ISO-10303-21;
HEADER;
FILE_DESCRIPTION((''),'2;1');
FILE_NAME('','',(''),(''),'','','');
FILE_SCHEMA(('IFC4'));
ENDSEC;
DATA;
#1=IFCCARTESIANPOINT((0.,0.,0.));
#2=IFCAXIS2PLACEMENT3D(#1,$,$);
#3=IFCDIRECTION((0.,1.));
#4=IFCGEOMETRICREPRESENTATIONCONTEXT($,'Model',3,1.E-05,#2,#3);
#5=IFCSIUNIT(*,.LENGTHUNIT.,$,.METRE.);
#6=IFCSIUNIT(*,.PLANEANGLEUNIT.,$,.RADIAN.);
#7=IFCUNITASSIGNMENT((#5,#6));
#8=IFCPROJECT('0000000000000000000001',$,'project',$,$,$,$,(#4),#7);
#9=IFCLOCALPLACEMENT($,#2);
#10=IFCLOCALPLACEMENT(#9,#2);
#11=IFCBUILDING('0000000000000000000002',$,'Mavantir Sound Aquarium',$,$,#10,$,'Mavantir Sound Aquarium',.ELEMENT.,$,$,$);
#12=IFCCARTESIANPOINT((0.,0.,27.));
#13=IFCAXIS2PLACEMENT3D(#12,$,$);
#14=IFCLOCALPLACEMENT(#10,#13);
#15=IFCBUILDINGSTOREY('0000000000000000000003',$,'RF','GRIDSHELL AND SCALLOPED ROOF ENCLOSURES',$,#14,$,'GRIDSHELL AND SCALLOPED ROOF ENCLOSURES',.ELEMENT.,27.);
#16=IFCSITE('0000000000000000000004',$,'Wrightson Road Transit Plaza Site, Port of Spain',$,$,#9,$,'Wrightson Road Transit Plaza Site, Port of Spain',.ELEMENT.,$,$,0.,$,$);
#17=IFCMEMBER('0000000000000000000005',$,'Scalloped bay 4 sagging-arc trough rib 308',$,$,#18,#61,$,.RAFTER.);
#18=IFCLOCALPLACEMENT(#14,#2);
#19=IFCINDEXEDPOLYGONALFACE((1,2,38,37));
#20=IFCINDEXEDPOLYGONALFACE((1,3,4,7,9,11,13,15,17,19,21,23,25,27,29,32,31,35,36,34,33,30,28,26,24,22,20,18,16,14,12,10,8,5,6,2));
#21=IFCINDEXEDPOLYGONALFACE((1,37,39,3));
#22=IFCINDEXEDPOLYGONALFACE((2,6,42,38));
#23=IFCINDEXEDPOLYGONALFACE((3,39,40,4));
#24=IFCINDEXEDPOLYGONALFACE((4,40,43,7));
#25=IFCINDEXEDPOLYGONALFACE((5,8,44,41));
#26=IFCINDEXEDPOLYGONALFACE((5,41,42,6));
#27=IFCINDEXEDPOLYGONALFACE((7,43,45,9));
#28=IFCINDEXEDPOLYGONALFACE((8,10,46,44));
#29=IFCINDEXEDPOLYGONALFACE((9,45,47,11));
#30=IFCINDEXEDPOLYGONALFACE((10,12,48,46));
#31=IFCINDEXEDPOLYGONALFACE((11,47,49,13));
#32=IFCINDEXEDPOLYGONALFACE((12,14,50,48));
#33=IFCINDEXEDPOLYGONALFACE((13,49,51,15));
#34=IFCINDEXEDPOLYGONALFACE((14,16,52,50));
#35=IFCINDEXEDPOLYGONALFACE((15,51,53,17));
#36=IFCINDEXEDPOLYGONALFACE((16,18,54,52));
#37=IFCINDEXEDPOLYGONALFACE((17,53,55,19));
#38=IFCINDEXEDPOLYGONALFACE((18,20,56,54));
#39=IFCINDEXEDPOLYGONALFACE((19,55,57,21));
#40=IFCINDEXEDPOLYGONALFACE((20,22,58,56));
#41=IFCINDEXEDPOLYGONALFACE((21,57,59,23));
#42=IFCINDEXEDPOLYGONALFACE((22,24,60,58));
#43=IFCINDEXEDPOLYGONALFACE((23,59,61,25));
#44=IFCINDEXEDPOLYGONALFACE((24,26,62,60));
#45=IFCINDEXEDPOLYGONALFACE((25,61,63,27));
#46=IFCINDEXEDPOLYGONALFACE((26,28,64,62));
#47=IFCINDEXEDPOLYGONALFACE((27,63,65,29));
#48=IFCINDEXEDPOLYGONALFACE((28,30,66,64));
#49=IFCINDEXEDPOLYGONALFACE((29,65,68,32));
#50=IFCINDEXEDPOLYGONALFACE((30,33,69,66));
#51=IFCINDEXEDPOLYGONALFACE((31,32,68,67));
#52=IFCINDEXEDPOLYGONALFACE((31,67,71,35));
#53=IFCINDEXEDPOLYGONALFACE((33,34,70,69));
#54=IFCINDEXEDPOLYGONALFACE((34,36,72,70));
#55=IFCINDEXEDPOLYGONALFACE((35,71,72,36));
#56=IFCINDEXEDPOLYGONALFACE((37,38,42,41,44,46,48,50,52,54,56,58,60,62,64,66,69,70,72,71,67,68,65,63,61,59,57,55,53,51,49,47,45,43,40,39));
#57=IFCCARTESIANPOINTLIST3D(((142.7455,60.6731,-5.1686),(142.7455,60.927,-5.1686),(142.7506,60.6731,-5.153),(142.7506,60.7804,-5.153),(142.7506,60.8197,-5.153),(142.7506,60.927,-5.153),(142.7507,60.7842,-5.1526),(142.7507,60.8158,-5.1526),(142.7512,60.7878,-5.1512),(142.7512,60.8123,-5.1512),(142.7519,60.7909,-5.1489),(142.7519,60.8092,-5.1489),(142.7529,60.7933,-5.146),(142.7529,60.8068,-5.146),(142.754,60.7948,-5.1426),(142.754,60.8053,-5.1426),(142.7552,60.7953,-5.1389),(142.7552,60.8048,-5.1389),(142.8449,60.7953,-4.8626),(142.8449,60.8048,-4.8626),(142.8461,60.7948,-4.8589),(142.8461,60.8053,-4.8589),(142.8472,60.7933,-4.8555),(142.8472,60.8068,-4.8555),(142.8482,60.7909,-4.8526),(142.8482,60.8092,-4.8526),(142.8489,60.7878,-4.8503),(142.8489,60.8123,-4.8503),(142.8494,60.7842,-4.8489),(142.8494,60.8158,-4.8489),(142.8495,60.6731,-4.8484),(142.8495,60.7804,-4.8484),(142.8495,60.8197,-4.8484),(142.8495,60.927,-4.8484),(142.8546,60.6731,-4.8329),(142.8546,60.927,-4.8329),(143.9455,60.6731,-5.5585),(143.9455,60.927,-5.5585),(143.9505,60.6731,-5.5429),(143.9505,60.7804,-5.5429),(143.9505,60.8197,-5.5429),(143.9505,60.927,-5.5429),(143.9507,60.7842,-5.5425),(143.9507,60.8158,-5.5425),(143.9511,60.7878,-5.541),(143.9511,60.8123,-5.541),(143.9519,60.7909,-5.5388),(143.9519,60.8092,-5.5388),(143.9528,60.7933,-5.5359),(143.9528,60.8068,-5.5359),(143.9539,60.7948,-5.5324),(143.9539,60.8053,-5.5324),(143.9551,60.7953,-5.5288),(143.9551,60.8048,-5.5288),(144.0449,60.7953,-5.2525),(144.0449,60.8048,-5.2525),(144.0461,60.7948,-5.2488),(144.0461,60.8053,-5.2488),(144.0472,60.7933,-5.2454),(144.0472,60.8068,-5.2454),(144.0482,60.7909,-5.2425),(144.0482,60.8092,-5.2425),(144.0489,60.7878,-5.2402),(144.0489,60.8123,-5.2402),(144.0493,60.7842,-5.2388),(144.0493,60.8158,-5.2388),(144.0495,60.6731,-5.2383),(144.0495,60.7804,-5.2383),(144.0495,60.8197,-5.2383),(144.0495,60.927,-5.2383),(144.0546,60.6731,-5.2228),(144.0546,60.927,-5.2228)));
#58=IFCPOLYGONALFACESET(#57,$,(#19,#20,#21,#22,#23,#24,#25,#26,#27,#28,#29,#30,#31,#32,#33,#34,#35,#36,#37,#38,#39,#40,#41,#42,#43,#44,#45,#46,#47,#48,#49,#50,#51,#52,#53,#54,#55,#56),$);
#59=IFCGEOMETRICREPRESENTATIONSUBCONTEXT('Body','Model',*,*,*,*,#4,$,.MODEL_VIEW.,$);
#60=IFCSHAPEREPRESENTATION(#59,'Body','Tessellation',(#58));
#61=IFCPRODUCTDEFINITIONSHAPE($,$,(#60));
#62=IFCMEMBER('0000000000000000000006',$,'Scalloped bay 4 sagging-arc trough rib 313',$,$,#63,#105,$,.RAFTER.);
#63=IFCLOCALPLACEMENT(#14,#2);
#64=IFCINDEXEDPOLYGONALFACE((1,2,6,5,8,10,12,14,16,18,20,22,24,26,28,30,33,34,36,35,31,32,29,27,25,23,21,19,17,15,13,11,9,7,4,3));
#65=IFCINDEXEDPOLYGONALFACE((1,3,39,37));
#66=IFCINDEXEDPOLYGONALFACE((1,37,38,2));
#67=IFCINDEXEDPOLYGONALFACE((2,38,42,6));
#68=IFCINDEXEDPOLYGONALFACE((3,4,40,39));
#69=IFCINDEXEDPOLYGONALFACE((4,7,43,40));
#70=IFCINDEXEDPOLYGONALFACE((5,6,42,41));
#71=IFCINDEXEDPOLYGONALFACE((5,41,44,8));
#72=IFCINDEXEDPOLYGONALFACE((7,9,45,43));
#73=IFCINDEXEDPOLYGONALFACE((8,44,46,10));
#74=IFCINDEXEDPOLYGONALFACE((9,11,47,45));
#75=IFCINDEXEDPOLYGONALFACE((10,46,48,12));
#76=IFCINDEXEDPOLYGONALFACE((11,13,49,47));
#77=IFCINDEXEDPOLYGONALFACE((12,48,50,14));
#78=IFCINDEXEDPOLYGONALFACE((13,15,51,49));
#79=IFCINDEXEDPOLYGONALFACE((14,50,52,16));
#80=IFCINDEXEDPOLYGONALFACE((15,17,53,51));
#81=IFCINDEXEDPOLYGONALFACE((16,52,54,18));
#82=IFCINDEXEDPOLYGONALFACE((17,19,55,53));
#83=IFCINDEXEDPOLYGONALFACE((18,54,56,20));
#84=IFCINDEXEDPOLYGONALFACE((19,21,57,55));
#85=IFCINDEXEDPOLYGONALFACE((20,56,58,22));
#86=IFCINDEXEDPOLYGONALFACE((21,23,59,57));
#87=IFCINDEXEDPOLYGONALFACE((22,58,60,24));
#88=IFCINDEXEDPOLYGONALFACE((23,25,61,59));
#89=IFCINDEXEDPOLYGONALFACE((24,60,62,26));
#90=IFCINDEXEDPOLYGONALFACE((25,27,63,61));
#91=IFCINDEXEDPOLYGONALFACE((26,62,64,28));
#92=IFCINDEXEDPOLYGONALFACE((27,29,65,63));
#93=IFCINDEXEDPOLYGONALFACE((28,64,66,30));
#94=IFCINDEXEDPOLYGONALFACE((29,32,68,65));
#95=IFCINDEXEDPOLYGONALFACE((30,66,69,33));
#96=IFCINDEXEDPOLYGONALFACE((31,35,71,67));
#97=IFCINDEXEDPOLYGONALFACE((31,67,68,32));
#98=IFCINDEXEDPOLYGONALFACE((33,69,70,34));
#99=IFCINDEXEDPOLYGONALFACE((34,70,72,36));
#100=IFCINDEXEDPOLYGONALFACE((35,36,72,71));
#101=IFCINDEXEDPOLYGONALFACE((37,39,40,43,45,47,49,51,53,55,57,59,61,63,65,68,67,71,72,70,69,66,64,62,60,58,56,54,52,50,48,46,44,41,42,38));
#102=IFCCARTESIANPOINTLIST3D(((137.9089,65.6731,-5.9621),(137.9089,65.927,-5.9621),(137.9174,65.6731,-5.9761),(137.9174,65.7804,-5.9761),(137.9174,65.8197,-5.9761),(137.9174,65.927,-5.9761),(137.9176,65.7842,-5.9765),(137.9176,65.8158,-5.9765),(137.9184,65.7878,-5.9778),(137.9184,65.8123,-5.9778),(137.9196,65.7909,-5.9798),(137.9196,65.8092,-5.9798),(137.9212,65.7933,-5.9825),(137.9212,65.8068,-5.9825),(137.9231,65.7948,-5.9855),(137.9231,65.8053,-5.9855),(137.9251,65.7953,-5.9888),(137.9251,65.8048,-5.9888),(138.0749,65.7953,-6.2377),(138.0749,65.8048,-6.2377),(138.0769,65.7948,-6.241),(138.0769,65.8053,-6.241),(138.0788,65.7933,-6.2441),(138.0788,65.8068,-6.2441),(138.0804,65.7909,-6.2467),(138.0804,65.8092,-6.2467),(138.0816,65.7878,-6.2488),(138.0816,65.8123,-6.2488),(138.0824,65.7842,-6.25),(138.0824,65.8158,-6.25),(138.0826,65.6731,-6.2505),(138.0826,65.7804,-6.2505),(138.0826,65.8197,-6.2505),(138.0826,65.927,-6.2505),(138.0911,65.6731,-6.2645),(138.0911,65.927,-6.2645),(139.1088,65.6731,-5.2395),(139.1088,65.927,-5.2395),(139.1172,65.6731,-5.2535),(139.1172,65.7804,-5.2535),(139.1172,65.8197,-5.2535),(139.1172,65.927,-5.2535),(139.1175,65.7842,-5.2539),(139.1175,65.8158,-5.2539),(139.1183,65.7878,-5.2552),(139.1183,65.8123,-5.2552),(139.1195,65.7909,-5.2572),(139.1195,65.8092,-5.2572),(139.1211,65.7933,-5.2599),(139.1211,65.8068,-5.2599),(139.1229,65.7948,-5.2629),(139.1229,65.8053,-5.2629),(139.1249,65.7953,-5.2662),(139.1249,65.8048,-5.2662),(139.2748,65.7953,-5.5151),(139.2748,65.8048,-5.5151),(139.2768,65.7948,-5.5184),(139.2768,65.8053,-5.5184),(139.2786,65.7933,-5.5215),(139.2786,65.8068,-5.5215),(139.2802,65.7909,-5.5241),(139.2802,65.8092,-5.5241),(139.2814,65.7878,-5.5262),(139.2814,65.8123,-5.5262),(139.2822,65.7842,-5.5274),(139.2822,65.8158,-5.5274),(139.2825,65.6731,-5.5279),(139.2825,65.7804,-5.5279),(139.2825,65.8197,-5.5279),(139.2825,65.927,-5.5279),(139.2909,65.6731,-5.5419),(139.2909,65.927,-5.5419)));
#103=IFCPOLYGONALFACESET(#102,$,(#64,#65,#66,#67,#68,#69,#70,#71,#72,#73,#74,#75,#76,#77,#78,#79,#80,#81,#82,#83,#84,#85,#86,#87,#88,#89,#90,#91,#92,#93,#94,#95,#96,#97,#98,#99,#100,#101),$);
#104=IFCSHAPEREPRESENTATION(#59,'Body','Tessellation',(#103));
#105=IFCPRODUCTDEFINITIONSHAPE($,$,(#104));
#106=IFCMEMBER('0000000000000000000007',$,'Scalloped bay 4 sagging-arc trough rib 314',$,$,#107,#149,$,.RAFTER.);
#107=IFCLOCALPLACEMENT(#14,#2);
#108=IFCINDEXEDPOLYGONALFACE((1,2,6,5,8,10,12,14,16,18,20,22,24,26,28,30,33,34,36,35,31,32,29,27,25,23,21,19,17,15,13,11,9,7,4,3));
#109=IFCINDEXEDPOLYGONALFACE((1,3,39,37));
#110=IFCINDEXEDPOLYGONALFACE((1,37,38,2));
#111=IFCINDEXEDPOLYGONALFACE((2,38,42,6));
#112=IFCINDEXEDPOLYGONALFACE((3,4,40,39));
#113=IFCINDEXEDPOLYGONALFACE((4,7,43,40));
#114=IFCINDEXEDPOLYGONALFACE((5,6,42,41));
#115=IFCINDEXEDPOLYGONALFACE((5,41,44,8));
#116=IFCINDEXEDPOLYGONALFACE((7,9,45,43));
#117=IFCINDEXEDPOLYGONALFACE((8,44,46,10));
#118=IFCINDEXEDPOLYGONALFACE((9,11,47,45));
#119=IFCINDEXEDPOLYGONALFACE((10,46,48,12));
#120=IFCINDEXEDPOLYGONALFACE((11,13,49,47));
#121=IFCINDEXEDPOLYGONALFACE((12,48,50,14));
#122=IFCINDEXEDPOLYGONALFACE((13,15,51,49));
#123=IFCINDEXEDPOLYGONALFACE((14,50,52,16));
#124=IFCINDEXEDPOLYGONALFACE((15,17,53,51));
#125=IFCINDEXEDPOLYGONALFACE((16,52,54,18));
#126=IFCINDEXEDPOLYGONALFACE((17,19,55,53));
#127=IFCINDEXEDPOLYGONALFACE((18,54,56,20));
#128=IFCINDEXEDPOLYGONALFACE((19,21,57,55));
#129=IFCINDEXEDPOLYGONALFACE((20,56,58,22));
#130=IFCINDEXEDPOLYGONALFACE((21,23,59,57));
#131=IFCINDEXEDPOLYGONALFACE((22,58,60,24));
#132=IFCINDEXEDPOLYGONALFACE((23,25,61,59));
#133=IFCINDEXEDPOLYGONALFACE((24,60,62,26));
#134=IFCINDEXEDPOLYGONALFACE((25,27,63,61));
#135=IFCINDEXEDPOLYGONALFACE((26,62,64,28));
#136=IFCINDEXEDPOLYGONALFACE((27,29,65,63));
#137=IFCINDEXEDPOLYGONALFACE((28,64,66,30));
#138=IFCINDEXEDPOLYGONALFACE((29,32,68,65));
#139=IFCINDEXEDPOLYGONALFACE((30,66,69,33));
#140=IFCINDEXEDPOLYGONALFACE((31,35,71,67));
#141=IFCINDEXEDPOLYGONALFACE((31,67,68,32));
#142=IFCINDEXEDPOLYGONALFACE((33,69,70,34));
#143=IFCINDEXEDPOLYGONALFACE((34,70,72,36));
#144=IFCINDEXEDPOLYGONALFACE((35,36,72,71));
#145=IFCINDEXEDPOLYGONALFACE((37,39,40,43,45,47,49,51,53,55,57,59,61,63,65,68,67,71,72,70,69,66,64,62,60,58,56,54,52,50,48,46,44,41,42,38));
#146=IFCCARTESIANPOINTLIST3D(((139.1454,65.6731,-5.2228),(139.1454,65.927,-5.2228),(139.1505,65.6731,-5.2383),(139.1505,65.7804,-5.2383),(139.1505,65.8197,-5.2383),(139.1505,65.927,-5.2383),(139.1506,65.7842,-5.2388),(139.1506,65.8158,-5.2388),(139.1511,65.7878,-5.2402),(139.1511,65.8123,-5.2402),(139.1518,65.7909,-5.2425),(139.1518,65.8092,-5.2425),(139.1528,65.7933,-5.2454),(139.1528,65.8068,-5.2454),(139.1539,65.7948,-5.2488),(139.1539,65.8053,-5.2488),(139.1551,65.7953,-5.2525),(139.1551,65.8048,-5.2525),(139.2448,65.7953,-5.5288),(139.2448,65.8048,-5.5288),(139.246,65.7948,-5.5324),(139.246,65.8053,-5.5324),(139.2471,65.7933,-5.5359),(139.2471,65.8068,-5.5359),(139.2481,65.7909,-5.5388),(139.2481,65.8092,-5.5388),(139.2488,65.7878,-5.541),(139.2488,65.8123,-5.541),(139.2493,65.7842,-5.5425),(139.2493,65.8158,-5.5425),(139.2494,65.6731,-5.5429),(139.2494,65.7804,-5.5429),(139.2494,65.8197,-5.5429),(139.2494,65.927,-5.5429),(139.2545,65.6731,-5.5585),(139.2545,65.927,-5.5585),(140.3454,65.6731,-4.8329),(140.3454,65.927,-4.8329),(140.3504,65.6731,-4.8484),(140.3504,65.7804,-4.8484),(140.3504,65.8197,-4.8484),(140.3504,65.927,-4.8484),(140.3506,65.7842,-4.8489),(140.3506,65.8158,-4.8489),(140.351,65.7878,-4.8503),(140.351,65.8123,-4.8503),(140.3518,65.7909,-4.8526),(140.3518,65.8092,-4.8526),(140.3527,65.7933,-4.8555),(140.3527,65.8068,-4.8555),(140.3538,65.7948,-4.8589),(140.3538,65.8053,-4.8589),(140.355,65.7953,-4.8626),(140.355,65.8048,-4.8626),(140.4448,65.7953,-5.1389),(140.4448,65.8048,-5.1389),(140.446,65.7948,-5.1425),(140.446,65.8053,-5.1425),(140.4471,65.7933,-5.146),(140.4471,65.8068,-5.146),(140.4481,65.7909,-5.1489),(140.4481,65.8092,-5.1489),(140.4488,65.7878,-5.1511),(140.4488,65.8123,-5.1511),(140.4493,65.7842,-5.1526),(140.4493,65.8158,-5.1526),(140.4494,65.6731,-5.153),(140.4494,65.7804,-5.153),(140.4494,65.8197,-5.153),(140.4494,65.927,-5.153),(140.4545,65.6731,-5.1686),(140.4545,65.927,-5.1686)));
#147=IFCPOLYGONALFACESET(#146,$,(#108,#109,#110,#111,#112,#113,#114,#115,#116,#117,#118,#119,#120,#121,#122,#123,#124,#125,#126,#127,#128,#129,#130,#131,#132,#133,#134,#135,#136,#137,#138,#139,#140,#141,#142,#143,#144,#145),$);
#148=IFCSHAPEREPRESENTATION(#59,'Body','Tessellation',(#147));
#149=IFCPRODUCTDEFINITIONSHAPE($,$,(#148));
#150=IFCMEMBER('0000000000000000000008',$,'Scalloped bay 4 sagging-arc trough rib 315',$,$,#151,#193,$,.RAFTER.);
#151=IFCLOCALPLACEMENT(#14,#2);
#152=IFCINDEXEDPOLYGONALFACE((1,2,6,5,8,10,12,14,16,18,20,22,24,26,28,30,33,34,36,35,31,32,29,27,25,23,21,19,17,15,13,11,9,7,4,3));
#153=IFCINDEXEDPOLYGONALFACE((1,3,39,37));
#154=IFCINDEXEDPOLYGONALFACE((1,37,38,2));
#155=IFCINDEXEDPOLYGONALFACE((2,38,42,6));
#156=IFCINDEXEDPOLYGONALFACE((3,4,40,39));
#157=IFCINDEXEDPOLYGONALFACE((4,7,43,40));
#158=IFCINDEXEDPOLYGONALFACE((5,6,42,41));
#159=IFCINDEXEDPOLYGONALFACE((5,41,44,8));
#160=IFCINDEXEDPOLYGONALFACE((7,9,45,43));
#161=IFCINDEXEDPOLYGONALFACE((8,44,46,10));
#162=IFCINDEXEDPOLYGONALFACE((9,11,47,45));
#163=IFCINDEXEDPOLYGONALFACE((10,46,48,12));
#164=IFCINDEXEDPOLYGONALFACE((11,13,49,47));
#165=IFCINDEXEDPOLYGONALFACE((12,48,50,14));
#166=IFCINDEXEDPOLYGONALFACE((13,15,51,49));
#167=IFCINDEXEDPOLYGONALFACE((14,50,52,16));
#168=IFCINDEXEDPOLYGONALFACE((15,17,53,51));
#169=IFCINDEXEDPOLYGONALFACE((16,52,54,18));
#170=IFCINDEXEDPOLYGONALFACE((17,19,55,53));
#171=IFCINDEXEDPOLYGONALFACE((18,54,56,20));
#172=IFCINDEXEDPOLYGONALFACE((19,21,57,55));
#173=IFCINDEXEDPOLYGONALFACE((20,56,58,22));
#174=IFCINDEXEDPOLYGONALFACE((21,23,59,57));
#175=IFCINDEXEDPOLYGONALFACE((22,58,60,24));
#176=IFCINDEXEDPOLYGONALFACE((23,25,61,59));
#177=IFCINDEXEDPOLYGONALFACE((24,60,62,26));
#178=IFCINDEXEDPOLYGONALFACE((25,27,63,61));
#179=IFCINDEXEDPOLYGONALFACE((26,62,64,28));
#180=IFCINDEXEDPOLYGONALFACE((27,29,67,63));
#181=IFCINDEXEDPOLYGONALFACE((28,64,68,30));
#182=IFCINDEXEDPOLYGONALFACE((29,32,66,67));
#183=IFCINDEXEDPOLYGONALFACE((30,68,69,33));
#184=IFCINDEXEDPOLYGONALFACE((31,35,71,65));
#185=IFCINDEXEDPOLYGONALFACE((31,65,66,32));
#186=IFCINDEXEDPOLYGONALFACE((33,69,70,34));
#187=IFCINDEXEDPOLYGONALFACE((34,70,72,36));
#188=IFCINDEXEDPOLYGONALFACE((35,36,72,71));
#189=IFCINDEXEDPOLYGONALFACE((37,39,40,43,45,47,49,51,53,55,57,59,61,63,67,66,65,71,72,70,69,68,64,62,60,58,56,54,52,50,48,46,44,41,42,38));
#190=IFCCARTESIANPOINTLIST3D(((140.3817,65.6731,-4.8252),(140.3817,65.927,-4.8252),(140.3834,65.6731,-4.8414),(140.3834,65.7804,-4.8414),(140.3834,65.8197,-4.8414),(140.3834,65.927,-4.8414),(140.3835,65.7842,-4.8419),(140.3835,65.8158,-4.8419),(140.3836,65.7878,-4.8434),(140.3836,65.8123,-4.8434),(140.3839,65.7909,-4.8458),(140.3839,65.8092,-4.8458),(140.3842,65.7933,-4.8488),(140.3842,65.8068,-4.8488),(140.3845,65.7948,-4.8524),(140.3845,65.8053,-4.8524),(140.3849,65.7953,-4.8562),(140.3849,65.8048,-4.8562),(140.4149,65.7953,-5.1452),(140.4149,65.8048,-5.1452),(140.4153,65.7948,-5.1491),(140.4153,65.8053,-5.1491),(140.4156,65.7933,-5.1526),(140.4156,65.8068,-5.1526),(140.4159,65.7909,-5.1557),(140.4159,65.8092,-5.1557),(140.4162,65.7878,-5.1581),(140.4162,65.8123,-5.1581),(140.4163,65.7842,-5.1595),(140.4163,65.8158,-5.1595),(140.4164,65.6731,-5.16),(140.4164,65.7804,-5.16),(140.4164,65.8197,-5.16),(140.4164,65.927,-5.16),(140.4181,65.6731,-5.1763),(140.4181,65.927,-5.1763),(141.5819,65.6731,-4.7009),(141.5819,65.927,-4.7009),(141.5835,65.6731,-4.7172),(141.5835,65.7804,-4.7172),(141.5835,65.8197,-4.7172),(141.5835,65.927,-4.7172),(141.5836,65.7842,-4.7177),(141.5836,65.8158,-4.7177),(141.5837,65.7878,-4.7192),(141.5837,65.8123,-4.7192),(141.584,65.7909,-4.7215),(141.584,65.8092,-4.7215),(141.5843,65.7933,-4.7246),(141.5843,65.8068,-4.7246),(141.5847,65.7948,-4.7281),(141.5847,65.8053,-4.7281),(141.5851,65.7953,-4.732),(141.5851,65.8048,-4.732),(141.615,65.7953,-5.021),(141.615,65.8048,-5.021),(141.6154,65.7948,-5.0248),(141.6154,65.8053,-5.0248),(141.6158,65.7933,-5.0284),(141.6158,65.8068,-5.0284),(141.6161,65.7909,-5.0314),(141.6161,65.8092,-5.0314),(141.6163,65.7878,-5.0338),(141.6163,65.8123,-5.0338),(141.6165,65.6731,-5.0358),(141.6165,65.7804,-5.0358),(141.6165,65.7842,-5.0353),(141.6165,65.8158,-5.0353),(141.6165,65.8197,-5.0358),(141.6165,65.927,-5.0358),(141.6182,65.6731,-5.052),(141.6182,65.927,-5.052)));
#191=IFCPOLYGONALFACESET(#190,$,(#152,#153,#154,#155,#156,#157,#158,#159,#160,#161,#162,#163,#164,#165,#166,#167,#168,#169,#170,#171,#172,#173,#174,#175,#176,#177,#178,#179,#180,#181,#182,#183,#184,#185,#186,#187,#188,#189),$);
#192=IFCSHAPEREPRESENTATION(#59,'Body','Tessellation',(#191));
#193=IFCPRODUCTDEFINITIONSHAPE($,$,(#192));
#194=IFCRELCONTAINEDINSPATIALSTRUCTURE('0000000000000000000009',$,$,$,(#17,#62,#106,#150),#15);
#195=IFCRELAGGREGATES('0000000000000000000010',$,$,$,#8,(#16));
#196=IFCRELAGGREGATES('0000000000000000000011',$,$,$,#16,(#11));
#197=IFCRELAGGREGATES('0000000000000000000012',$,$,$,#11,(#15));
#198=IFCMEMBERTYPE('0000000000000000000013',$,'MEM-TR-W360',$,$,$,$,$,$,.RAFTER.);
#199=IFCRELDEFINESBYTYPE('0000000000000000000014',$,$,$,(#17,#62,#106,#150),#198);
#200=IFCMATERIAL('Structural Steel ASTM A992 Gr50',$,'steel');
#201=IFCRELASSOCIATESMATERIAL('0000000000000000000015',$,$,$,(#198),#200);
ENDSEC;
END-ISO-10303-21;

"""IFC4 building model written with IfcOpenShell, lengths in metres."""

from ifc_helpers import new_model, si_unit, direction, frame, origin, origin_2d, place, context, subcontext, project, spatial, i_section, extrude, material, material_profile, profile_set, type_object, element, save


model = new_model("IFC4")

# Units and contexts
model_context = context("Model", 3, precision=1e-05, world=origin(), true_north=direction((0.0, 1.0)))
body_context = subcontext(model_context, "Body", "Model", "MODEL_VIEW")
ifc_project = project(units=[si_unit("LENGTHUNIT", "METRE"), si_unit("PLANEANGLEUNIT", "RADIAN")], contexts=[model_context])

# Site, building, storey
site_placement = place(None, origin())
site = spatial("IfcSite", under=ifc_project, at=site_placement, Name="Wrightson Road Transit Plaza Site, Port of Spain", LongName="Wrightson Road Transit Plaza Site, Port of Spain", CompositionType="ELEMENT", RefElevation=0.0)
building_placement = place(site_placement, origin())
building = spatial("IfcBuilding", under=site, at=building_placement, Name="Mavantir Sound Aquarium", LongName="Mavantir Sound Aquarium", CompositionType="ELEMENT")
storey_placement = place(building_placement, frame((0.0, 0.0, 27.0)))
storey = spatial("IfcBuildingStorey", under=building, at=storey_placement, Name="RF", Description="GRIDSHELL AND SCALLOPED ROOF ENCLOSURES", LongName="GRIDSHELL AND SCALLOPED ROOF ENCLOSURES", CompositionType="ELEMENT", Elevation=27.0)

# Shared definitions
ifc_material_1 = material(Name="Structural Steel ASTM A992 Gr50", Category="steel")

# Members
ifc_material_profile_1 = material_profile(ifc_material_1, i_section(OverallWidth=0.2539, OverallDepth=0.353, WebThickness=0.0095, FlangeThickness=0.0164, FilletRadius=0.0149, at=origin_2d()), Name="W360X91")
ifc_profile_set_1 = profile_set([ifc_material_profile_1], Name="Structural Steel ASTM A992 Gr50")
member_type_1 = type_object("IfcMemberType", Name="MEM-TR-W360", PredefinedType="RAFTER", material=ifc_profile_set_1)
member_1_placement = place(storey_placement, frame((142.8, 60.8, -5.0007), z_axis=(0.951055, 0.0, -0.30902), x_axis=(0.0, 1.0, 0.0)))
element("IfcMember", 1, at=member_1_placement, inside=storey, type_object=member_type_1, Name="Scalloped bay 4 sagging-arc trough rib 308", PredefinedType="RAFTER", context=body_context, shape_type="SweptSolid", body=[
    extrude(i_section(OverallWidth=0.2539, OverallDepth=0.353, WebThickness=0.0095, FlangeThickness=0.0164, FilletRadius=0.0149, at=origin_2d()), origin(), (0.0, 0.0, 1.0), 1.2617),
])
member_2_placement = place(storey_placement, frame((138.0, 65.8, -6.1133), z_axis=(0.856646, 0.0, 0.515905), x_axis=(0.0, 1.0, 0.0)))
element("IfcMember", 2, at=member_2_placement, inside=storey, type_object=member_type_1, Name="Scalloped bay 4 sagging-arc trough rib 313", PredefinedType="RAFTER", context=body_context, shape_type="SweptSolid", body=[
    extrude(i_section(OverallWidth=0.2539, OverallDepth=0.353, WebThickness=0.0095, FlangeThickness=0.0164, FilletRadius=0.0149, at=origin_2d()), origin(), (0.0, 0.0, 1.0), 1.4006),
])
member_3_placement = place(storey_placement, frame((139.2, 65.8, -5.3906), z_axis=(0.951055, 0.0, 0.30902), x_axis=(0.0, 1.0, 0.0)))
element("IfcMember", 3, at=member_3_placement, inside=storey, type_object=member_type_1, Name="Scalloped bay 4 sagging-arc trough rib 314", PredefinedType="RAFTER", context=body_context, shape_type="SweptSolid", body=[
    extrude(i_section(OverallWidth=0.2539, OverallDepth=0.353, WebThickness=0.0095, FlangeThickness=0.0164, FilletRadius=0.0149, at=origin_2d()), origin(), (0.0, 0.0, 1.0), 1.2617),
])
member_4_placement = place(storey_placement, frame((140.3999, 65.8, -5.0007), z_axis=(0.994683, 0.0, 0.102989), x_axis=(0.0, 1.0, 0.0)))
element("IfcMember", 4, at=member_4_placement, inside=storey, type_object=member_type_1, Name="Scalloped bay 4 sagging-arc trough rib 315", PredefinedType="RAFTER", context=body_context, shape_type="SweptSolid", body=[
    extrude(i_section(OverallWidth=0.2539, OverallDepth=0.353, WebThickness=0.0095, FlangeThickness=0.0164, FilletRadius=0.0149, at=origin_2d()), origin(), (0.0, 0.0, 1.0), 1.2065),
])

save(model, "model.ifc")
